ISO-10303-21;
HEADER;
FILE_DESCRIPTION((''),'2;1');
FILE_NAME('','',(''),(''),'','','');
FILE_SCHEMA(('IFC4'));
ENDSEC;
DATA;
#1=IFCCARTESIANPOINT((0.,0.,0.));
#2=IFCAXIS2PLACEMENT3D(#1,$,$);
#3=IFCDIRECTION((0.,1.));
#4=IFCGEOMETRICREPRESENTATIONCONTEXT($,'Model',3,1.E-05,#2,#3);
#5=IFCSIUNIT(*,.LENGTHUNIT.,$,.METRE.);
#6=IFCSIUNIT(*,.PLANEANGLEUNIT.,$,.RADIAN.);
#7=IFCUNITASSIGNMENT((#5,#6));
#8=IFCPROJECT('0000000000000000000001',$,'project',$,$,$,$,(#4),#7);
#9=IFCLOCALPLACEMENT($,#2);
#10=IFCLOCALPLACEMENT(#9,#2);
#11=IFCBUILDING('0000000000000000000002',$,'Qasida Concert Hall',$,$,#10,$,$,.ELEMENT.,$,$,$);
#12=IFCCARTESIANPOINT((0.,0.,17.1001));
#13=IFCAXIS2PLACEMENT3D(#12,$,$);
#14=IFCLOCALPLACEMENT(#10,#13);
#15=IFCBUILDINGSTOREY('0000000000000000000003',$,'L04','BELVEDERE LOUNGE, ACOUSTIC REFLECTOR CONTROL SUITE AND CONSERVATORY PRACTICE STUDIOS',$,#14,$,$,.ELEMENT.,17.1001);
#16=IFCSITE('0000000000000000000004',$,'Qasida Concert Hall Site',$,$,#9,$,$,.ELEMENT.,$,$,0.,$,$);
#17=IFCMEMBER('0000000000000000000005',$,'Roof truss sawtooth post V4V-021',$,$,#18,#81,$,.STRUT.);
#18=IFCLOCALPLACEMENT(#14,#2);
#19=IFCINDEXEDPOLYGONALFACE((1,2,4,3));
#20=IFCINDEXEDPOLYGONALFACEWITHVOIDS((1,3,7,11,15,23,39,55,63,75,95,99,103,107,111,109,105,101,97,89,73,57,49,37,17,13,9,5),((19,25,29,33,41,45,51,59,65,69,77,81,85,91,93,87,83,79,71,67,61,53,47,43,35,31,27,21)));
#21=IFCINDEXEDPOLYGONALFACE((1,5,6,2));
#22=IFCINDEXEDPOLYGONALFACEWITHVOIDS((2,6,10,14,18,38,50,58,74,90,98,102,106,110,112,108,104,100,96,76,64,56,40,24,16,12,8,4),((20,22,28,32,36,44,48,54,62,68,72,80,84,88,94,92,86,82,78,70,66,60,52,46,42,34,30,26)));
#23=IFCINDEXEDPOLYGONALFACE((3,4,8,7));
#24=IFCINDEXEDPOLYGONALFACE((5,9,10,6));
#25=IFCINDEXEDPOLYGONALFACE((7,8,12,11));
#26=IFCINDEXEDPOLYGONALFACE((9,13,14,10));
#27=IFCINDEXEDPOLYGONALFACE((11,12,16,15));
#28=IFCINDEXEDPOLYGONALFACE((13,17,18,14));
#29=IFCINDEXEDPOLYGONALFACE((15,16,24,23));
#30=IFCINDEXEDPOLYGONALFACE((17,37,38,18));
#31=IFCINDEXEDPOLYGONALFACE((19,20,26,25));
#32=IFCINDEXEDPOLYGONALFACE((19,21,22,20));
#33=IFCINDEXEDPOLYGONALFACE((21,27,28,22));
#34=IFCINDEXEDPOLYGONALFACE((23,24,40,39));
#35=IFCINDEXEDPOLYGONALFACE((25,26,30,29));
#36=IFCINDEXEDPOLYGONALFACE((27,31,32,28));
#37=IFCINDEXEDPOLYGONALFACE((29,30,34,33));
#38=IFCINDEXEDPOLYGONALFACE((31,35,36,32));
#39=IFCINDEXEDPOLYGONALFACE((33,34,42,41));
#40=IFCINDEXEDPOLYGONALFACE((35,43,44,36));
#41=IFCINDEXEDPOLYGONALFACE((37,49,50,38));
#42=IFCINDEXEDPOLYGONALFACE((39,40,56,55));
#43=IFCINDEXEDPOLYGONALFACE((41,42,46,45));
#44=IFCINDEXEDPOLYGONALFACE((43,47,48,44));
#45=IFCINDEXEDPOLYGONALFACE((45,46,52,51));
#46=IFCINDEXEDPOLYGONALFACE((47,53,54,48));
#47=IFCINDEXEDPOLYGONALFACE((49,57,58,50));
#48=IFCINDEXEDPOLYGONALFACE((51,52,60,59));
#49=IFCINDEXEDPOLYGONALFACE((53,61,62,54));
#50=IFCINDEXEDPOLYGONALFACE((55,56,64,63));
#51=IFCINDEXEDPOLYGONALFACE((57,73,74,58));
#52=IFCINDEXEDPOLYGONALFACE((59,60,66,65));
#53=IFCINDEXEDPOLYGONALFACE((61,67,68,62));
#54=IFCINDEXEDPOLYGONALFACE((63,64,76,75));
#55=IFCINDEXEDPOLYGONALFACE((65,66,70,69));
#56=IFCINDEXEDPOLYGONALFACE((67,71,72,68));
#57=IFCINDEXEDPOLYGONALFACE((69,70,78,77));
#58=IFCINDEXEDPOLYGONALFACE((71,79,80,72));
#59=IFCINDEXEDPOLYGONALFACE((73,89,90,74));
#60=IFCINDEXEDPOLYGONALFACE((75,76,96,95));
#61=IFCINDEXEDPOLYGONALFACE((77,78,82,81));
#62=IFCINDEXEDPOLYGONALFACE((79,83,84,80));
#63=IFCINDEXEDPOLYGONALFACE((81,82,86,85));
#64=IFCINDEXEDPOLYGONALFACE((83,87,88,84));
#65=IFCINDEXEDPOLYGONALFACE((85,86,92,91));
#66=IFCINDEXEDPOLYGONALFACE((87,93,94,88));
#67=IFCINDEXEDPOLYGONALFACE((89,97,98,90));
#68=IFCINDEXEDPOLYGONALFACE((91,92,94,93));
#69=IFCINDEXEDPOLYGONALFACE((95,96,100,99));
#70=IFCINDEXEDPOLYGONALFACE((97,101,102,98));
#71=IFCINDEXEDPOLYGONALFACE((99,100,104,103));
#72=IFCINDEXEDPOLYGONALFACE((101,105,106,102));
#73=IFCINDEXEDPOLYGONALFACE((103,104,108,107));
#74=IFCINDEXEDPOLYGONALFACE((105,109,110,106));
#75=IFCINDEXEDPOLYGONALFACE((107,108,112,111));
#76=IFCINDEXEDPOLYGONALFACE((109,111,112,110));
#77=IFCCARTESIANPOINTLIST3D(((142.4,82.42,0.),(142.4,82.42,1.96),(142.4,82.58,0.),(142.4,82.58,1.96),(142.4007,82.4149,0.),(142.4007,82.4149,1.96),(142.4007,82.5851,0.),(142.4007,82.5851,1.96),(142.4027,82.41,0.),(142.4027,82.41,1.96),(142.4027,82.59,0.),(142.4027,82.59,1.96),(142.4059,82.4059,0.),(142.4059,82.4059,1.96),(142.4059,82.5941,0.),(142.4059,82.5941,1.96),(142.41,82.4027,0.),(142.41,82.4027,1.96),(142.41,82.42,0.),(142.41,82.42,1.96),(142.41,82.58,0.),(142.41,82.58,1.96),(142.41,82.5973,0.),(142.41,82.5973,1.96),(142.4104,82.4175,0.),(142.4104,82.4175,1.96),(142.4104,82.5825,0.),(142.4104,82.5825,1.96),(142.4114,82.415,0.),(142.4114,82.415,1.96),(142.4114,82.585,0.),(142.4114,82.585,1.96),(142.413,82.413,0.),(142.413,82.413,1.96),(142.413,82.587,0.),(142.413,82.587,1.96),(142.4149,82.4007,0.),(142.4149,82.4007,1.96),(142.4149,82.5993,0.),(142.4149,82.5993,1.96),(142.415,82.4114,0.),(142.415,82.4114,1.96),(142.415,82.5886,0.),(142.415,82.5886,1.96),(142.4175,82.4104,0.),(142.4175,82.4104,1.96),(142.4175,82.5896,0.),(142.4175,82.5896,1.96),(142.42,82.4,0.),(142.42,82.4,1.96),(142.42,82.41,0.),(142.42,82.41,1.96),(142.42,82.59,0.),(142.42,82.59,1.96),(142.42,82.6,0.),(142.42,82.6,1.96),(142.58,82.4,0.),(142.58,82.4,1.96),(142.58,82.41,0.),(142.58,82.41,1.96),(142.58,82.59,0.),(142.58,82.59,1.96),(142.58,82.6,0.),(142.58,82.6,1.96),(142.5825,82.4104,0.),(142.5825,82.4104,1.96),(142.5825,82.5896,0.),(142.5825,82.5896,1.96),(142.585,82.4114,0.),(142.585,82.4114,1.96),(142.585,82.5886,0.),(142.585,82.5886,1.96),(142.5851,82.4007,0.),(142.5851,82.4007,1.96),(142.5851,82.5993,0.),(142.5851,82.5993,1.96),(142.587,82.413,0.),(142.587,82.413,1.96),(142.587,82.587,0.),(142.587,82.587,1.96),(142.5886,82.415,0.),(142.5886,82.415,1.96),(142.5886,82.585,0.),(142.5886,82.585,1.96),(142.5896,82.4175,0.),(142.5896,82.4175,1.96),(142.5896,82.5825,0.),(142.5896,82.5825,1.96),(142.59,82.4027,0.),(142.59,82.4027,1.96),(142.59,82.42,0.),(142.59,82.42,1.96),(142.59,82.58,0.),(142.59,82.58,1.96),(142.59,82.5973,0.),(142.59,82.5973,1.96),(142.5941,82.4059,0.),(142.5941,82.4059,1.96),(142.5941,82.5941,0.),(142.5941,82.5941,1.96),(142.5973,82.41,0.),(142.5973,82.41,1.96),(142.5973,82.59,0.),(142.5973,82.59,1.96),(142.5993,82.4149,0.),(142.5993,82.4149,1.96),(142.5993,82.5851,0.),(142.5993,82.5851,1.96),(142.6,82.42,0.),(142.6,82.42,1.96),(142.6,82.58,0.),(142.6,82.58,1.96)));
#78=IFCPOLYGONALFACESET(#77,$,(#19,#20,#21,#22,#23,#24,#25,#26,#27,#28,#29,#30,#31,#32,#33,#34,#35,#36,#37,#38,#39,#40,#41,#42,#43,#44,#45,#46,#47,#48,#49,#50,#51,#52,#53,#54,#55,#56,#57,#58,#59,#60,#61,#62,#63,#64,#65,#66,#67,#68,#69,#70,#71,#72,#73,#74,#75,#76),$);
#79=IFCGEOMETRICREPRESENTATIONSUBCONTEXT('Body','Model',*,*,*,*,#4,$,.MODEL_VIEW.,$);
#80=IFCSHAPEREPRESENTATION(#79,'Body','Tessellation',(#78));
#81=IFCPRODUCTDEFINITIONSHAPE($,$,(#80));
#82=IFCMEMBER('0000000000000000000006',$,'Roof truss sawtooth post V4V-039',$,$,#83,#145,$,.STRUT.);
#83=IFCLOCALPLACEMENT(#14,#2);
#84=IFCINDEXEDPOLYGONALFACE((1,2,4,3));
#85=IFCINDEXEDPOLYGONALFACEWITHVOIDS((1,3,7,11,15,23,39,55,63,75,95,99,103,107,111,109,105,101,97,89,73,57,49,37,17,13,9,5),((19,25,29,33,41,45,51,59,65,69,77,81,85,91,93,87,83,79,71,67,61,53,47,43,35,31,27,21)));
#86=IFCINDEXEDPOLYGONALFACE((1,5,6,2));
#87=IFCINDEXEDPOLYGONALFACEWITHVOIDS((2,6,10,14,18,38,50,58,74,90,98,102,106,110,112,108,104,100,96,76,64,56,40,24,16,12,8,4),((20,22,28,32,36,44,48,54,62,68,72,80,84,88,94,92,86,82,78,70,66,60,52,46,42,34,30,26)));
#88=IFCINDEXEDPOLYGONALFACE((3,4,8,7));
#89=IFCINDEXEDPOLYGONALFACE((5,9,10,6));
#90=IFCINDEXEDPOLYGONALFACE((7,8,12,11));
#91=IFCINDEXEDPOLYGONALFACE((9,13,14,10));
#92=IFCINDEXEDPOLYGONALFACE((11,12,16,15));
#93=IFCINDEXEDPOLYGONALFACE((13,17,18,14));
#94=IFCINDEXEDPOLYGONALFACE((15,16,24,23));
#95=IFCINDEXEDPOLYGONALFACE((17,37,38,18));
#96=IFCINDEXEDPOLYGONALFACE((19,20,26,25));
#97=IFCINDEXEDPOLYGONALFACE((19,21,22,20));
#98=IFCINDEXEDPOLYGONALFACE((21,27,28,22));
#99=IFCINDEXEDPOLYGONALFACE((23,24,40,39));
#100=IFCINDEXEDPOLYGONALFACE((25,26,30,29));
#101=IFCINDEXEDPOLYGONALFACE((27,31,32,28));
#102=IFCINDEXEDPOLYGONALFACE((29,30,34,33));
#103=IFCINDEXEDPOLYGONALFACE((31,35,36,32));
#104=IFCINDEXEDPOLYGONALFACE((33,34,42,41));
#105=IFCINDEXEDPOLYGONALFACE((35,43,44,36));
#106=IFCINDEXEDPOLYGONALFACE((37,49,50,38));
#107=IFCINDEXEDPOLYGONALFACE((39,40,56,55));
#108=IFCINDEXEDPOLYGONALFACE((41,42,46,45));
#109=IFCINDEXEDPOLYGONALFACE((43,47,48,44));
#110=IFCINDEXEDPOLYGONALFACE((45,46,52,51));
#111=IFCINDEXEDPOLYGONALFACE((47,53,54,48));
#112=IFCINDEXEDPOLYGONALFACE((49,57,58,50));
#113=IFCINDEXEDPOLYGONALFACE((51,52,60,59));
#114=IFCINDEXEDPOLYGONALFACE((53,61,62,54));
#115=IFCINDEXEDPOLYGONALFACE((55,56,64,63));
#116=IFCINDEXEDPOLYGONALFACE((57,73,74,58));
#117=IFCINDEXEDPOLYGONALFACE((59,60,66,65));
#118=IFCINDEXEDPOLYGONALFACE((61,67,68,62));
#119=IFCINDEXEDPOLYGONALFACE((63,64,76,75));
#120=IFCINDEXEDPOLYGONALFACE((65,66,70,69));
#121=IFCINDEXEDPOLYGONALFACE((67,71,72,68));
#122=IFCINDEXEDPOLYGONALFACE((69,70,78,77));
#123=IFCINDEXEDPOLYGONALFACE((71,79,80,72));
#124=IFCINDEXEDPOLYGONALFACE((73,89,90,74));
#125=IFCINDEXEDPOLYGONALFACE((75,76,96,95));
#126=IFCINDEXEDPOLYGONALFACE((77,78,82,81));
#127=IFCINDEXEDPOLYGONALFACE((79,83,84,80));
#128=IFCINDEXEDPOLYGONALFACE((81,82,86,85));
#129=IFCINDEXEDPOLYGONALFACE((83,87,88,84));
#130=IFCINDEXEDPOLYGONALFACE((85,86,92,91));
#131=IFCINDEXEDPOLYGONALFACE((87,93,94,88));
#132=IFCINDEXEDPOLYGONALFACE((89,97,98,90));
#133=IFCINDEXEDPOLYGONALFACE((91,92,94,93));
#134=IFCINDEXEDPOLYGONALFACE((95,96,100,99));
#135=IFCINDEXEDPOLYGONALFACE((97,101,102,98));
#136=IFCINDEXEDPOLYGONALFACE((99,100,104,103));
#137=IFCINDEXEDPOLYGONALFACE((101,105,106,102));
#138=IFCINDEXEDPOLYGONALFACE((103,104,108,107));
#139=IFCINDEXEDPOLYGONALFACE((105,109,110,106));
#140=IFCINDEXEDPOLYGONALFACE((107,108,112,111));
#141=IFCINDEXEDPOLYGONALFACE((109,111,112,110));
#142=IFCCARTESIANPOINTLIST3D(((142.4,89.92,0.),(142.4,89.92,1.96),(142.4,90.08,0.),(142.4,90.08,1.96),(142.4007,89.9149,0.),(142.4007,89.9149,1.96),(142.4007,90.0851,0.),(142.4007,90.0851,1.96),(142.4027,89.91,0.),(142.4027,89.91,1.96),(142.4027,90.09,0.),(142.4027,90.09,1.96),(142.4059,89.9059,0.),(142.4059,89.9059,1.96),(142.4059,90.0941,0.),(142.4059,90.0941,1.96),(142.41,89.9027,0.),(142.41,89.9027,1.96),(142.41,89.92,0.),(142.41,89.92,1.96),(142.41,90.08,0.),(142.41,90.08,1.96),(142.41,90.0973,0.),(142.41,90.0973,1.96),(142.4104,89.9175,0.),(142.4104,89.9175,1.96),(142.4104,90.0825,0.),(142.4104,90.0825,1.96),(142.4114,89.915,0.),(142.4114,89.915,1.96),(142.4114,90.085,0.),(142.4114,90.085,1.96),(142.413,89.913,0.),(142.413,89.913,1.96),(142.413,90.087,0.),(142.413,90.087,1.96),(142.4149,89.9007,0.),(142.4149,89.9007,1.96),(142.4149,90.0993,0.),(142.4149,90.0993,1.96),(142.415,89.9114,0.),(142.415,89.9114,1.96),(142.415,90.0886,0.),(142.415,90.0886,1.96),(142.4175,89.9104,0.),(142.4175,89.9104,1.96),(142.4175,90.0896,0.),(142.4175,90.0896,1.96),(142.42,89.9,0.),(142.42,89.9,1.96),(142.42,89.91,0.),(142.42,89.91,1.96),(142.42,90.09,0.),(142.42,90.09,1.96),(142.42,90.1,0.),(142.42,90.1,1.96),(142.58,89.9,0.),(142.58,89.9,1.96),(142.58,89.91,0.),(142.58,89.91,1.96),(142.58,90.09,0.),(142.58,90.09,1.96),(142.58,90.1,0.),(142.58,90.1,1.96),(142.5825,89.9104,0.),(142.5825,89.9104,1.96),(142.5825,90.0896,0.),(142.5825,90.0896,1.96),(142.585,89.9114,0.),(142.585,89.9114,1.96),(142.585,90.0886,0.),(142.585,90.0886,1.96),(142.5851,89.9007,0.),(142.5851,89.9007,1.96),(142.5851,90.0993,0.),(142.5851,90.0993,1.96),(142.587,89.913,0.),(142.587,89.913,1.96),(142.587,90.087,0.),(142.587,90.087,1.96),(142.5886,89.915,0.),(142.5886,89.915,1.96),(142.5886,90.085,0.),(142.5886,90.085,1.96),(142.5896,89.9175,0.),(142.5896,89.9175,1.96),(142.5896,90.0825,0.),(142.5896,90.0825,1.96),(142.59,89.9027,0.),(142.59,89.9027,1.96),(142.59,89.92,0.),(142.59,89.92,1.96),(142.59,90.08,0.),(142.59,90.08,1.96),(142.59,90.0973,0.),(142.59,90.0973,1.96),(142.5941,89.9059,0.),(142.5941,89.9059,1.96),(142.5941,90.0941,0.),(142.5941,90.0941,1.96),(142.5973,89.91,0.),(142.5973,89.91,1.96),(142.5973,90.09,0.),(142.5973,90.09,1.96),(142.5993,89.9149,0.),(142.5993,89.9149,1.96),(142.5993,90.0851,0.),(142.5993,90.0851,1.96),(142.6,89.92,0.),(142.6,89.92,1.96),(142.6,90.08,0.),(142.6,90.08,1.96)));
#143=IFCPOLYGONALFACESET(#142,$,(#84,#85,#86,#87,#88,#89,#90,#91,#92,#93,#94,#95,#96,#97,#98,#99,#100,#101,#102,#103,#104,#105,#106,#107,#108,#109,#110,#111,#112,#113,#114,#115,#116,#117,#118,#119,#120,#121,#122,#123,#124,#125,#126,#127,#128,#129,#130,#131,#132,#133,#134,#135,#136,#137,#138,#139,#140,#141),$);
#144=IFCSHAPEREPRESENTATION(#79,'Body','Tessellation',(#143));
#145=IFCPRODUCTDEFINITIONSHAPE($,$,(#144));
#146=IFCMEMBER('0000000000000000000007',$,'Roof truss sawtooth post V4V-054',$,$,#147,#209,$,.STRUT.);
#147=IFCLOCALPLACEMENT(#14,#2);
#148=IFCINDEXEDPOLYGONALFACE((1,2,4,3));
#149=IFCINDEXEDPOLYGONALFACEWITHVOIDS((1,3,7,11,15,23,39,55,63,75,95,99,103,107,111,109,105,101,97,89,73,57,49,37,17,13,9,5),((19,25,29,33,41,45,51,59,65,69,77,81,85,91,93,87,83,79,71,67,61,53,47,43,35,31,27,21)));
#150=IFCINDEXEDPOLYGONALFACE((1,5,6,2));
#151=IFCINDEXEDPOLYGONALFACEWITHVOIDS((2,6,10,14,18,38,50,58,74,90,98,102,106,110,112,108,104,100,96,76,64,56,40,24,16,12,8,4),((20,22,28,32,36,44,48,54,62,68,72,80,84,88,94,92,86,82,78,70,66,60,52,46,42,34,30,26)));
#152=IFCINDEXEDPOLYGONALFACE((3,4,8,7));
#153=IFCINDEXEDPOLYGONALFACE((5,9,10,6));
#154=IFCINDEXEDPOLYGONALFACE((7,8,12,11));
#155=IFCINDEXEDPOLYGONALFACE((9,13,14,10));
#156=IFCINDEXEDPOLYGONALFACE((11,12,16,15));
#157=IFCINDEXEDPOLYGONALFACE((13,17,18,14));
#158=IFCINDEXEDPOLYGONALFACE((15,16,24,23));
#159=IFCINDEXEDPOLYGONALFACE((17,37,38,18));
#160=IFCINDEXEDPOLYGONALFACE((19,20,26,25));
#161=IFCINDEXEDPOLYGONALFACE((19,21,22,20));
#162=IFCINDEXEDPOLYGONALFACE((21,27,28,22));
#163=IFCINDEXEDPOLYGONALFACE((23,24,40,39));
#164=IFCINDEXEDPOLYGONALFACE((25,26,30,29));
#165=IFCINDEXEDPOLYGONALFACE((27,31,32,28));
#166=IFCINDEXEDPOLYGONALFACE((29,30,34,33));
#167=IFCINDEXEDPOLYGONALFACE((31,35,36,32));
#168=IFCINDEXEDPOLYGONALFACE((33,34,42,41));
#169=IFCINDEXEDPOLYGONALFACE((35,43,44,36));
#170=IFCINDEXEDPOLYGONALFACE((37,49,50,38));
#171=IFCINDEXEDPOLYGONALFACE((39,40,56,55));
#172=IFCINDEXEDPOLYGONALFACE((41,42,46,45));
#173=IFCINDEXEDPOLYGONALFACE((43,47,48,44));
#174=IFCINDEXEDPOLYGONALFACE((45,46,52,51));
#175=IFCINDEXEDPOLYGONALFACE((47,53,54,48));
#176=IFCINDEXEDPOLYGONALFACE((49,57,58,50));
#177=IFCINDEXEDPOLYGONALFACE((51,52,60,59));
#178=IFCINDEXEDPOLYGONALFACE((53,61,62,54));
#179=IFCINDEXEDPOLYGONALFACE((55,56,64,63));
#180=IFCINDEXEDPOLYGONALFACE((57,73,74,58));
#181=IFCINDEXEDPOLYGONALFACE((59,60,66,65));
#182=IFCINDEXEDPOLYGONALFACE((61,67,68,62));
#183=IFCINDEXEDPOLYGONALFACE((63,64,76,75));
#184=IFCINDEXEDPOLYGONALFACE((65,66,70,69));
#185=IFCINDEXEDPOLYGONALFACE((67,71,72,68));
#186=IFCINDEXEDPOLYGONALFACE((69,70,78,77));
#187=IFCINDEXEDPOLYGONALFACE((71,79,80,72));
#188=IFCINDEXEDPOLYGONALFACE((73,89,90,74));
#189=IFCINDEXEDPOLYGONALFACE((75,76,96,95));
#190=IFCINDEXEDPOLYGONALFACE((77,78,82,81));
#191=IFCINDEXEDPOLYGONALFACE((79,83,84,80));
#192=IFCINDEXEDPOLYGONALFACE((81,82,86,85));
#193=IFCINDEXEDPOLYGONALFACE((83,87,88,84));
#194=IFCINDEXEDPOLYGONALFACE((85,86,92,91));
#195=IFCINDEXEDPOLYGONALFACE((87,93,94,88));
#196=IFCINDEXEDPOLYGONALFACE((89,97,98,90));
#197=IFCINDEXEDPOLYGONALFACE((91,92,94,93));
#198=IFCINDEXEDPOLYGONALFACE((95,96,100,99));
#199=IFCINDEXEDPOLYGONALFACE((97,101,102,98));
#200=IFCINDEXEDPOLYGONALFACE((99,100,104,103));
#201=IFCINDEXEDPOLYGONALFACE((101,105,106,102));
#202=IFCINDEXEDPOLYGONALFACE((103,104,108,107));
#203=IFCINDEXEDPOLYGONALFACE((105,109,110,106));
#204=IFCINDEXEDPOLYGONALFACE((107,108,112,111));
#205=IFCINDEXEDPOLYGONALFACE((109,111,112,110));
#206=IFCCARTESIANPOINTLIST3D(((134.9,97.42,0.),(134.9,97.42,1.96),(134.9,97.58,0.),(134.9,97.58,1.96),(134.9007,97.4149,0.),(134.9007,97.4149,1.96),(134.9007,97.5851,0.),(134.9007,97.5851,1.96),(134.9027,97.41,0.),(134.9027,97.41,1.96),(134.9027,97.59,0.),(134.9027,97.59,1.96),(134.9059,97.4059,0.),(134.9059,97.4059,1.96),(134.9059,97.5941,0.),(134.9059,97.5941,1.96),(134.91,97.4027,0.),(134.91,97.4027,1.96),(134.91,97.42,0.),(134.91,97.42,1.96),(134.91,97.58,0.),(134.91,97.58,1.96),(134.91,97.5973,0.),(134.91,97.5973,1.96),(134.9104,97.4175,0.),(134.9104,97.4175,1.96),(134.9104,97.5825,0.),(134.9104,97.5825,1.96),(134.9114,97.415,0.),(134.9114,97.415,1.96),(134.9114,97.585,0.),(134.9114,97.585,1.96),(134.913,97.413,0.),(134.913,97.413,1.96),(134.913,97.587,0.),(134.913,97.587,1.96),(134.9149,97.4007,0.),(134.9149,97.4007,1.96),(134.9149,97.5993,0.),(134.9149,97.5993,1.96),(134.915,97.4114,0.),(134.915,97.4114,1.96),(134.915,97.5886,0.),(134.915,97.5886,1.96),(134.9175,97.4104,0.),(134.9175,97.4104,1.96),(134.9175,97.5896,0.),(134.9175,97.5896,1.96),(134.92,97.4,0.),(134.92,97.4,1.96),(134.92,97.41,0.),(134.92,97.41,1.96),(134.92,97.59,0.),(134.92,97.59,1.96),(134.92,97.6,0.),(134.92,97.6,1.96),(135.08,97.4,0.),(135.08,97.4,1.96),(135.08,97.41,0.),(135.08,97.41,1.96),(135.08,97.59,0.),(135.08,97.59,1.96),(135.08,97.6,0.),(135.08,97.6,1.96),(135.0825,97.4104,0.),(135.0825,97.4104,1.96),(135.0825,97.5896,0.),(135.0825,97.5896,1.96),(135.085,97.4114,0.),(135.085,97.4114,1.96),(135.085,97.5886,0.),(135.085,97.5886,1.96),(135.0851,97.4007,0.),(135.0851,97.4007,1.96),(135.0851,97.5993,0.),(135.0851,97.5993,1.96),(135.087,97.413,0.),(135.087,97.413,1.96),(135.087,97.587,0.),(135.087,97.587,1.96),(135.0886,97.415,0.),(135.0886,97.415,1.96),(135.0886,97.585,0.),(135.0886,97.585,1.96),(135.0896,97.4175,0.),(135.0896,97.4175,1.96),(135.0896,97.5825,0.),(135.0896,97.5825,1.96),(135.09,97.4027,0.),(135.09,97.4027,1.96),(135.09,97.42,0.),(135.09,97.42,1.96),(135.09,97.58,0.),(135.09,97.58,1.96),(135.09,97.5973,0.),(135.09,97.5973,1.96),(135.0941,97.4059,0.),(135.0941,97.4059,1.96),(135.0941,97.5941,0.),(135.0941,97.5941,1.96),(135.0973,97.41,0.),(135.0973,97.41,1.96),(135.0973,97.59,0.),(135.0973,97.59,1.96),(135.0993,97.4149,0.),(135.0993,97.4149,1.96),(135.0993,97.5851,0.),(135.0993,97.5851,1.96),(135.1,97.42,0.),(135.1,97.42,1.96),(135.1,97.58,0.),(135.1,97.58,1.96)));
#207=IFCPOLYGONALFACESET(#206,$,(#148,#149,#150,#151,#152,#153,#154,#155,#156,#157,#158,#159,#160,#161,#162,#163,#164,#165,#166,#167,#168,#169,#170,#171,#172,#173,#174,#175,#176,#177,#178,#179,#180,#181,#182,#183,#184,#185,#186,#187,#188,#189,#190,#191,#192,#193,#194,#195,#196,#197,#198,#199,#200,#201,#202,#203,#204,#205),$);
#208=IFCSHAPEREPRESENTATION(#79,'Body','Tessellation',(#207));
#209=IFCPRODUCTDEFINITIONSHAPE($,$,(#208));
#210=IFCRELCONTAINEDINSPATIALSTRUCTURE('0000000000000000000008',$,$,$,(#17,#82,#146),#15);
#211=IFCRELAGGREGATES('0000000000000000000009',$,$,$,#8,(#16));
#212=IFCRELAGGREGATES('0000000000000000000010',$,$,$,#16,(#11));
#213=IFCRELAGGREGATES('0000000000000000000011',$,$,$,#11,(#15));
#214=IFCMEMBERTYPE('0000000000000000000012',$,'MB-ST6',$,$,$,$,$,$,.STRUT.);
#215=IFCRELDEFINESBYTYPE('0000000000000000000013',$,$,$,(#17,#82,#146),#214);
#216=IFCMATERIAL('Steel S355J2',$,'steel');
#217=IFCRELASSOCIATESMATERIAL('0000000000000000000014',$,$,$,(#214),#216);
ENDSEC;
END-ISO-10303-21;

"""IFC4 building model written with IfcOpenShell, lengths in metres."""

from ifc_helpers import new_model, si_unit, direction, frame, origin, origin_2d, place, context, subcontext, project, spatial, hollow_rectangle, extrude, material, material_profile, profile_set, type_object, element, save


model = new_model("IFC4")

# Units and contexts
model_context = context("Model", 3, precision=1e-05, world=origin(), true_north=direction((0.0, 1.0)))
body_context = subcontext(model_context, "Body", "Model", "MODEL_VIEW")
ifc_project = project(units=[si_unit("LENGTHUNIT", "METRE"), si_unit("PLANEANGLEUNIT", "RADIAN")], contexts=[model_context])

# Site, building, storey
site_placement = place(None, origin())
site = spatial("IfcSite", under=ifc_project, at=site_placement, Name="Qasida Concert Hall Site", CompositionType="ELEMENT", RefElevation=0.0)
building_placement = place(site_placement, origin())
building = spatial("IfcBuilding", under=site, at=building_placement, Name="Qasida Concert Hall", CompositionType="ELEMENT")
storey_placement = place(building_placement, frame((0.0, 0.0, 17.1001)))
storey = spatial("IfcBuildingStorey", under=building, at=storey_placement, Name="L04", Description="BELVEDERE LOUNGE, ACOUSTIC REFLECTOR CONTROL SUITE AND CONSERVATORY PRACTICE STUDIOS", CompositionType="ELEMENT", Elevation=17.1001)

# Members
ifc_material = material(Name="Steel S355J2", Category="steel")
ifc_material_profile_1 = material_profile(ifc_material, hollow_rectangle(XDim=0.2, YDim=0.2, WallThickness=0.01, InnerFilletRadius=0.01, OuterFilletRadius=0.02, at=origin_2d()), Name="SHS 200x200x10")
ifc_profile_set_1 = profile_set([ifc_material_profile_1], Name="Steel S355J2")
member_type_1 = type_object("IfcMemberType", Name="MB-ST6", PredefinedType="STRUT", material=ifc_profile_set_1)
for number, where, z_axis, x_axis, name in (
    (1, (142.5, 82.5, 0.0), (0.0, 0.0, 1.0), (1.0, 0.0, 0.0), "Roof truss sawtooth post V4V-021"),
    (2, (142.5, 90.0, 0.0), (0.0, 0.0, 1.0), (1.0, 0.0, 0.0), "Roof truss sawtooth post V4V-039"),
    (3, (135.0, 97.5, 0.0), (0.0, 0.0, 1.0), (1.0, 0.0, 0.0), "Roof truss sawtooth post V4V-054"),
):
    element("IfcMember", number, at=place(storey_placement, frame(where, z_axis=z_axis, x_axis=x_axis)), inside=storey, type_object=member_type_1, Name=name, PredefinedType="STRUT", context=body_context, shape_type="SweptSolid", body=[
        extrude(hollow_rectangle(XDim=0.2, YDim=0.2, WallThickness=0.01, InnerFilletRadius=0.01, OuterFilletRadius=0.02, at=origin_2d()), origin(), (0.0, 0.0, 1.0), 1.96),
    ])

save(model, "model.ifc")
